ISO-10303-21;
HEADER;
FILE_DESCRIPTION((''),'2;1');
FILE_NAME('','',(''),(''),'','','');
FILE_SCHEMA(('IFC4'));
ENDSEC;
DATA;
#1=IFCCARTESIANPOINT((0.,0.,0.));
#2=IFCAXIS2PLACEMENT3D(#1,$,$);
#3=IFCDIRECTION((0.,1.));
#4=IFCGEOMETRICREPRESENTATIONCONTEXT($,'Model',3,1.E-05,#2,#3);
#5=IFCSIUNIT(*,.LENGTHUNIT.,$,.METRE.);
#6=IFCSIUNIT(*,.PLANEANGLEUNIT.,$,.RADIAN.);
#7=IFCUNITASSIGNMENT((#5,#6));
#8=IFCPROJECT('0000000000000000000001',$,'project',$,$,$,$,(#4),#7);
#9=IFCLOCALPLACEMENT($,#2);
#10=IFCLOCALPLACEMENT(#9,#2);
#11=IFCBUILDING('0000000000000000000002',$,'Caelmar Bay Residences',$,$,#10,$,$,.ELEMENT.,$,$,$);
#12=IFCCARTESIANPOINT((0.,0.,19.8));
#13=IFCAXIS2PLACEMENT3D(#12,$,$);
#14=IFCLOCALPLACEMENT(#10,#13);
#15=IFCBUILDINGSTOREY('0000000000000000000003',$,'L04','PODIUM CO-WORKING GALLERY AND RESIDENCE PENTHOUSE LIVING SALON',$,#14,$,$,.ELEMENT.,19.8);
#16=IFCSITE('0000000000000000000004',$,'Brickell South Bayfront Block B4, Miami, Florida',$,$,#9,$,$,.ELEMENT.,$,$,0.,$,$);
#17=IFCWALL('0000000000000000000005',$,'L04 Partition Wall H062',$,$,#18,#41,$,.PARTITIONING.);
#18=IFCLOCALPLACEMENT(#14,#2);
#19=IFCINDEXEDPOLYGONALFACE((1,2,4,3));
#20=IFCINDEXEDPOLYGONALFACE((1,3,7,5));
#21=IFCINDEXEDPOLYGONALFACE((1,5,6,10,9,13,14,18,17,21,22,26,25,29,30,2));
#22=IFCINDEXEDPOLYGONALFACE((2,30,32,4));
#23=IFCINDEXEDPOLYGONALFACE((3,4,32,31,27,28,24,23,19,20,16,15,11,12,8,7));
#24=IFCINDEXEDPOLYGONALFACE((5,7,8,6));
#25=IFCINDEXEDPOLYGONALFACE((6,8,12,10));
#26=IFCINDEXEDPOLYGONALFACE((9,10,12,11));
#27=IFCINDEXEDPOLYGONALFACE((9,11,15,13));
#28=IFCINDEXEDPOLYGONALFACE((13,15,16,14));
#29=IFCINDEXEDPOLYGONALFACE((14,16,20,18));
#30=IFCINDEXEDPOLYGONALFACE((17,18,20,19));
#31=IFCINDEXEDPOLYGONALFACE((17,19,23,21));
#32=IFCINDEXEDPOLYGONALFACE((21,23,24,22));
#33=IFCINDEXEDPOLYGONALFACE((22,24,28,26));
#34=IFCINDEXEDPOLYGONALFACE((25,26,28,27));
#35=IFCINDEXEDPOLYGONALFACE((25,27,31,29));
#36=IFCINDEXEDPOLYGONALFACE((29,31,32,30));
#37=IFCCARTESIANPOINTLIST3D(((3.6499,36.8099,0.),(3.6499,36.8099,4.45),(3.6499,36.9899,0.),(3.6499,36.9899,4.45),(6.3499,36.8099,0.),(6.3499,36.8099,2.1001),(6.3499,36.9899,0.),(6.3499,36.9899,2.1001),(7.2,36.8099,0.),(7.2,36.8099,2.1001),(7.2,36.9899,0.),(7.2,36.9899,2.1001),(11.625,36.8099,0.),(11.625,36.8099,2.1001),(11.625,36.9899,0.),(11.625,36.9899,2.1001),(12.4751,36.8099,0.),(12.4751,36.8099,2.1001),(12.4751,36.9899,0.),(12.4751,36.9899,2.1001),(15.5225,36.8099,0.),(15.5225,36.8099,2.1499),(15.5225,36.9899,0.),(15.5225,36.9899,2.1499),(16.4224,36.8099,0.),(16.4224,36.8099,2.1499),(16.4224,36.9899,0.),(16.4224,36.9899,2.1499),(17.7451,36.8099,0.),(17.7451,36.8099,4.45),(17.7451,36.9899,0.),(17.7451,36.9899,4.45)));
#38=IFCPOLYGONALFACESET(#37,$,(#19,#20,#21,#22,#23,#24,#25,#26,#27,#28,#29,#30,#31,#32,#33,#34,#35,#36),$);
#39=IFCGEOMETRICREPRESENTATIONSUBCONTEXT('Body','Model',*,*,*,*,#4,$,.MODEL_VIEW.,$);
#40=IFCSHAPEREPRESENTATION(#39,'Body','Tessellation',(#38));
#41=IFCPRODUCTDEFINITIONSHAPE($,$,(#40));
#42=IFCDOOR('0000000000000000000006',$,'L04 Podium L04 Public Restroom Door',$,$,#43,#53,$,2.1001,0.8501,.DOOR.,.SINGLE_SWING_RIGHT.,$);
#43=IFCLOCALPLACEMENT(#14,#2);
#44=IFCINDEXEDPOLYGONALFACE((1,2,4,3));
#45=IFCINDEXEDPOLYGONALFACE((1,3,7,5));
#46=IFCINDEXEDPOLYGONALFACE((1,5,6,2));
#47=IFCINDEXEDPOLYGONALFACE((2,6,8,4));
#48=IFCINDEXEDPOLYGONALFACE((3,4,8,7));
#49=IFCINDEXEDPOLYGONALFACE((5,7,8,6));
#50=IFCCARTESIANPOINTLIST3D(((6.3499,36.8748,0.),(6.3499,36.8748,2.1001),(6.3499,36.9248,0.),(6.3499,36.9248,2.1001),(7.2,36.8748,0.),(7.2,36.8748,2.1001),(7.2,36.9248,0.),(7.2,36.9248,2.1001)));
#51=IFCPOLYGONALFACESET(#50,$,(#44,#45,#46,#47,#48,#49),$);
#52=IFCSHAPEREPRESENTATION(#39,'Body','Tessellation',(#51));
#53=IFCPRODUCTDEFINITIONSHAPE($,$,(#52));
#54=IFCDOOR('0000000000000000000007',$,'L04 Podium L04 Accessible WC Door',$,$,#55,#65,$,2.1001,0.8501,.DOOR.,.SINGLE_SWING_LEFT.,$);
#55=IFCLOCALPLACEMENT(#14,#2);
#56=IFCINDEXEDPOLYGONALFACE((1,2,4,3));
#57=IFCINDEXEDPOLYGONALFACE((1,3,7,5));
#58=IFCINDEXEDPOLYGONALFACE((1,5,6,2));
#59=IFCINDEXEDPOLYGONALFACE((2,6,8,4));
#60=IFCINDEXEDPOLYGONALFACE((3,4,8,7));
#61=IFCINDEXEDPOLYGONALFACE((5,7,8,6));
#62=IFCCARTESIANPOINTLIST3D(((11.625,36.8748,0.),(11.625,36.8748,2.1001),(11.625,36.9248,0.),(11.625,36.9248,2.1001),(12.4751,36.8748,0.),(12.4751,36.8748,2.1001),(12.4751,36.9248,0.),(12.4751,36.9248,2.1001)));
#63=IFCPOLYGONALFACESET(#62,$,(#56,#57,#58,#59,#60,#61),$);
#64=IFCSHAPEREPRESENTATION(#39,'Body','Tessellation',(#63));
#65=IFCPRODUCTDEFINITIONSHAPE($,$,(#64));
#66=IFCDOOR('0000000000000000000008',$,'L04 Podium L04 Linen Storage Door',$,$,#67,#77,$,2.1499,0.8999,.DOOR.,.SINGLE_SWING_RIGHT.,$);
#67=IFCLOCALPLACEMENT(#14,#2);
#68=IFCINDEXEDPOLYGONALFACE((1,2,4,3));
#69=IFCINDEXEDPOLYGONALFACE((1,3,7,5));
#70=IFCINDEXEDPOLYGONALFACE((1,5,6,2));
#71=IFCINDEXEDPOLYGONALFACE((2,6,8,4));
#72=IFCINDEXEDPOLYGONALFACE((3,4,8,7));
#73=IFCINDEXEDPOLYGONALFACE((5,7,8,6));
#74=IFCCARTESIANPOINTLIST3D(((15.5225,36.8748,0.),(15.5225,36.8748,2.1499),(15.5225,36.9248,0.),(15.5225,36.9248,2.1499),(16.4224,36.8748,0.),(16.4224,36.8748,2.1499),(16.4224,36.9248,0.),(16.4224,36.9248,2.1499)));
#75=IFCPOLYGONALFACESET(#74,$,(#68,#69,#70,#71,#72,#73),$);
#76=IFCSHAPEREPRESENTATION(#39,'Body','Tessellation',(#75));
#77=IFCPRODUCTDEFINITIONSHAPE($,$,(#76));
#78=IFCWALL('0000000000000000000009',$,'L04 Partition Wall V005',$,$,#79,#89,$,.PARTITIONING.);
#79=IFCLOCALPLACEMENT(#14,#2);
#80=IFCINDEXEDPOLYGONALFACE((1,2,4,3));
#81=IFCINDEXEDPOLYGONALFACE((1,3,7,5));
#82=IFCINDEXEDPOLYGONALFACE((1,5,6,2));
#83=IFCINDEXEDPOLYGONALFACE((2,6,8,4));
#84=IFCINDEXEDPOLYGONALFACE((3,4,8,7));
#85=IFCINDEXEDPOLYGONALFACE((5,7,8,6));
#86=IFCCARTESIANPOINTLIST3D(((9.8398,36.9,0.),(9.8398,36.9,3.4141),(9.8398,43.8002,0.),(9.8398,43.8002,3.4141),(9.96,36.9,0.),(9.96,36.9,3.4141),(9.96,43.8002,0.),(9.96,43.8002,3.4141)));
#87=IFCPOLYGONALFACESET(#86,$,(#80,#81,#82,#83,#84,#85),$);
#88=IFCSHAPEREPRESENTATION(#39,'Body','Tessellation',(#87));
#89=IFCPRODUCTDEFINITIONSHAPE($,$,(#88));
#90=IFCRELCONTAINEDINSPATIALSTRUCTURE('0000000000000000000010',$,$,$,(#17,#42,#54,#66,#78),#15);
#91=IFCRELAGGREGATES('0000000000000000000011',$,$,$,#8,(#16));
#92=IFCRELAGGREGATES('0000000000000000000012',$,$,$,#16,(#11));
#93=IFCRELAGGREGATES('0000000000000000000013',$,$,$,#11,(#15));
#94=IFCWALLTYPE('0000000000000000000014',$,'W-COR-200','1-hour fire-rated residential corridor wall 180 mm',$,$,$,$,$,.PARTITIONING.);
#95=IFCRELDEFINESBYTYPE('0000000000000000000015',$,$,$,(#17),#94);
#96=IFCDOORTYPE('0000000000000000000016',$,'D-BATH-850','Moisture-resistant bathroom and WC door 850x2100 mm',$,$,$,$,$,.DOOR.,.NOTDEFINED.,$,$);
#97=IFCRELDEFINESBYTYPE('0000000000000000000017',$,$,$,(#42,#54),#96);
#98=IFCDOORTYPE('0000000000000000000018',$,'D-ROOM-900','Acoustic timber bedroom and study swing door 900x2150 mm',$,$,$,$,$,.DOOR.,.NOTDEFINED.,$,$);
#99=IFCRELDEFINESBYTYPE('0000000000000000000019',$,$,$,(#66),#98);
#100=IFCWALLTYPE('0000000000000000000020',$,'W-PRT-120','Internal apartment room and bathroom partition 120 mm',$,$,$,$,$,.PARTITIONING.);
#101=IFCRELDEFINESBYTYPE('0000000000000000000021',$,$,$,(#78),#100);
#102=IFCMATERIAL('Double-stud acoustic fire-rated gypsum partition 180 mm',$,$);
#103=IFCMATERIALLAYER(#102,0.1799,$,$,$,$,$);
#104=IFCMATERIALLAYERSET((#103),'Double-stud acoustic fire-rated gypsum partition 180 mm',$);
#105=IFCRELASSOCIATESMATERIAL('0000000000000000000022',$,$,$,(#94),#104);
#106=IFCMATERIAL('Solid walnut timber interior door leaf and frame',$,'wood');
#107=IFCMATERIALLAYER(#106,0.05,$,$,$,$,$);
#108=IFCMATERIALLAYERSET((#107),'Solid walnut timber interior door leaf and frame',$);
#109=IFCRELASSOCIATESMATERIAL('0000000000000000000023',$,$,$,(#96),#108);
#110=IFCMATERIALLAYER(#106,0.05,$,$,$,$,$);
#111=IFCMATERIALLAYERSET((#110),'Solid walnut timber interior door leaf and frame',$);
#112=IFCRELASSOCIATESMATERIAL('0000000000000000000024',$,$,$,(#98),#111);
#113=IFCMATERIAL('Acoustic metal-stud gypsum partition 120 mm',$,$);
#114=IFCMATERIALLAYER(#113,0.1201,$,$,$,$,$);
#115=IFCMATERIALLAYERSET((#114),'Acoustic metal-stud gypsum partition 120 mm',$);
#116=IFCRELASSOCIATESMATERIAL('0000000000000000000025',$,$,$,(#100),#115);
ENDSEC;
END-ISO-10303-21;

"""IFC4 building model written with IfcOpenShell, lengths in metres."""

from ifc_helpers import new_model, si_unit, direction, frame, frame_2d, origin, place, context, subcontext, project, spatial, rectangle, extrude, material, layer, layer_set, type_object, element, fill, save


model = new_model("IFC4")

# Units and contexts
model_context = context("Model", 3, precision=1e-05, world=origin(), true_north=direction((0.0, 1.0)))
body_context = subcontext(model_context, "Body", "Model", "MODEL_VIEW")
ifc_project = project(units=[si_unit("LENGTHUNIT", "METRE"), si_unit("PLANEANGLEUNIT", "RADIAN")], contexts=[model_context])

# Site, building, storey
site_placement = place(None, origin())
site = spatial("IfcSite", under=ifc_project, at=site_placement, Name="Brickell South Bayfront Block B4, Miami, Florida", CompositionType="ELEMENT", RefElevation=0.0)
building_placement = place(site_placement, origin())
building = spatial("IfcBuilding", under=site, at=building_placement, Name="Caelmar Bay Residences", CompositionType="ELEMENT")
storey_placement = place(building_placement, frame((0.0, 0.0, 19.8)))
storey = spatial("IfcBuildingStorey", under=building, at=storey_placement, Name="L04", Description="PODIUM CO-WORKING GALLERY AND RESIDENCE PENTHOUSE LIVING SALON", CompositionType="ELEMENT", Elevation=19.8)

# Wall, openings, doors
ifc_material_1 = material(Name="Double-stud acoustic fire-rated gypsum partition 180 mm")
ifc_layer_1 = layer(ifc_material_1, 0.1799)
ifc_layer_set_1 = layer_set([ifc_layer_1], Name="Double-stud acoustic fire-rated gypsum partition 180 mm")
wall_type_1 = type_object("IfcWallType", Name="W-COR-200", Description="1-hour fire-rated residential corridor wall 180 mm", PredefinedType="PARTITIONING", material=ifc_layer_set_1)
wall_1_placement = place(storey_placement, frame((3.6499, 36.8999, 0.0), z_axis=(0.0, 0.0, 1.0), x_axis=(1.0, 0.0, 0.0)))
wall_1 = element("IfcWall", 1, at=wall_1_placement, inside=storey, type_object=wall_type_1, Name="L04 Partition Wall H062", PredefinedType="PARTITIONING", context=body_context, shape_type="SweptSolid", body=[
    extrude(rectangle(XDim=14.0952, YDim=0.1799, at=frame_2d((7.0476, 0.0))), origin(), (0.0, 0.0, 1.0), 4.45),
])
opening_1_placement = place(wall_1_placement, frame((2.7, 0.0, 0.0)))
opening_1 = element("IfcOpeningElement", 2, at=opening_1_placement, cuts=wall_1, PredefinedType="OPENING", context=body_context, shape_type="SweptSolid", body=[
    extrude(rectangle(XDim=0.8501, YDim=2.1001, at=frame_2d((0.425, 1.05))), frame((0.0, 0.0999, 0.0), z_axis=(0.0, -1.0, 0.0), x_axis=(1.0, 0.0, 0.0)), (0.0, 0.0, 1.0), 0.2),
])
opening_2_placement = place(wall_1_placement, frame((7.9751, 0.0, 0.0)))
opening_2 = element("IfcOpeningElement", 3, at=opening_2_placement, cuts=wall_1, PredefinedType="OPENING", context=body_context, shape_type="SweptSolid", body=[
    extrude(rectangle(XDim=0.8501, YDim=2.1001, at=frame_2d((0.425, 1.05))), frame((0.0, 0.0999, 0.0), z_axis=(0.0, -1.0, 0.0), x_axis=(1.0, 0.0, 0.0)), (0.0, 0.0, 1.0), 0.2),
])
opening_3_placement = place(wall_1_placement, frame((11.8726, 0.0, 0.0)))
opening_3 = element("IfcOpeningElement", 4, at=opening_3_placement, cuts=wall_1, PredefinedType="OPENING", context=body_context, shape_type="SweptSolid", body=[
    extrude(rectangle(XDim=0.8999, YDim=2.1499, at=frame_2d((0.45, 1.075))), frame((0.0, 0.0999, 0.0), z_axis=(0.0, -1.0, 0.0), x_axis=(1.0, 0.0, 0.0)), (0.0, 0.0, 1.0), 0.2),
])
ifc_material_2 = material(Name="Solid walnut timber interior door leaf and frame", Category="wood")
ifc_layer_2 = layer(ifc_material_2, 0.05)
ifc_layer_set_2 = layer_set([ifc_layer_2], Name="Solid walnut timber interior door leaf and frame")
door_type_1 = type_object("IfcDoorType", Name="D-BATH-850", Description="Moisture-resistant bathroom and WC door 850x2100 mm", OperationType="NOTDEFINED", PredefinedType="DOOR", material=ifc_layer_set_2)
door_1_placement = place(opening_1_placement, origin())
door_1 = element("IfcDoor", 5, at=door_1_placement, inside=storey, type_object=door_type_1, Name="L04 Podium L04 Public Restroom Door", OperationType="SINGLE_SWING_RIGHT", OverallHeight=2.1001, OverallWidth=0.8501, PredefinedType="DOOR", context=body_context, shape_type="SweptSolid", body=[
    extrude(rectangle(XDim=0.8501, YDim=2.1001, at=frame_2d((0.425, 1.05))), frame((0.0, 0.0249, 0.0), z_axis=(0.0, -1.0, 0.0), x_axis=(1.0, 0.0, 0.0)), (0.0, 0.0, 1.0), 0.05),
])
fill(opening_1, door_1)
door_2_placement = place(opening_2_placement, origin())
door_2 = element("IfcDoor", 6, at=door_2_placement, inside=storey, type_object=door_type_1, Name="L04 Podium L04 Accessible WC Door", OperationType="SINGLE_SWING_LEFT", OverallHeight=2.1001, OverallWidth=0.8501, PredefinedType="DOOR", context=body_context, shape_type="SweptSolid", body=[
    extrude(rectangle(XDim=0.8501, YDim=2.1001, at=frame_2d((0.425, 1.05))), frame((0.0, 0.0249, 0.0), z_axis=(0.0, -1.0, 0.0), x_axis=(1.0, 0.0, 0.0)), (0.0, 0.0, 1.0), 0.05),
])
fill(opening_2, door_2)
ifc_layer_3 = layer(ifc_material_2, 0.05)
ifc_layer_set_3 = layer_set([ifc_layer_3], Name="Solid walnut timber interior door leaf and frame")
door_type_2 = type_object("IfcDoorType", Name="D-ROOM-900", Description="Acoustic timber bedroom and study swing door 900x2150 mm", OperationType="NOTDEFINED", PredefinedType="DOOR", material=ifc_layer_set_3)
door_3_placement = place(opening_3_placement, origin())
door_3 = element("IfcDoor", 7, at=door_3_placement, inside=storey, type_object=door_type_2, Name="L04 Podium L04 Linen Storage Door", OperationType="SINGLE_SWING_RIGHT", OverallHeight=2.1499, OverallWidth=0.8999, PredefinedType="DOOR", context=body_context, shape_type="SweptSolid", body=[
    extrude(rectangle(XDim=0.8999, YDim=2.1499, at=frame_2d((0.45, 1.075))), frame((0.0, 0.0249, 0.0), z_axis=(0.0, -1.0, 0.0), x_axis=(1.0, 0.0, 0.0)), (0.0, 0.0, 1.0), 0.05),
])
fill(opening_3, door_3)

# Wall
ifc_material_3 = material(Name="Acoustic metal-stud gypsum partition 120 mm")
ifc_layer_4 = layer(ifc_material_3, 0.1201)
ifc_layer_set_4 = layer_set([ifc_layer_4], Name="Acoustic metal-stud gypsum partition 120 mm")
wall_type_2 = type_object("IfcWallType", Name="W-PRT-120", Description="Internal apartment room and bathroom partition 120 mm", PredefinedType="PARTITIONING", material=ifc_layer_set_4)
wall_2_placement = place(storey_placement, frame((9.8999, 36.8999, 0.0), z_axis=(0.0, 0.0, 1.0), x_axis=(0.0, 1.0, 0.0)))
element("IfcWall", 8, at=wall_2_placement, inside=storey, type_object=wall_type_2, Name="L04 Partition Wall V005", PredefinedType="PARTITIONING", context=body_context, shape_type="SweptSolid", body=[
    extrude(rectangle(XDim=6.9001, YDim=0.1201, at=frame_2d((3.4502, 0.0))), origin(), (0.0, 0.0, 1.0), 3.4141),
])

save(model, "model.ifc")
